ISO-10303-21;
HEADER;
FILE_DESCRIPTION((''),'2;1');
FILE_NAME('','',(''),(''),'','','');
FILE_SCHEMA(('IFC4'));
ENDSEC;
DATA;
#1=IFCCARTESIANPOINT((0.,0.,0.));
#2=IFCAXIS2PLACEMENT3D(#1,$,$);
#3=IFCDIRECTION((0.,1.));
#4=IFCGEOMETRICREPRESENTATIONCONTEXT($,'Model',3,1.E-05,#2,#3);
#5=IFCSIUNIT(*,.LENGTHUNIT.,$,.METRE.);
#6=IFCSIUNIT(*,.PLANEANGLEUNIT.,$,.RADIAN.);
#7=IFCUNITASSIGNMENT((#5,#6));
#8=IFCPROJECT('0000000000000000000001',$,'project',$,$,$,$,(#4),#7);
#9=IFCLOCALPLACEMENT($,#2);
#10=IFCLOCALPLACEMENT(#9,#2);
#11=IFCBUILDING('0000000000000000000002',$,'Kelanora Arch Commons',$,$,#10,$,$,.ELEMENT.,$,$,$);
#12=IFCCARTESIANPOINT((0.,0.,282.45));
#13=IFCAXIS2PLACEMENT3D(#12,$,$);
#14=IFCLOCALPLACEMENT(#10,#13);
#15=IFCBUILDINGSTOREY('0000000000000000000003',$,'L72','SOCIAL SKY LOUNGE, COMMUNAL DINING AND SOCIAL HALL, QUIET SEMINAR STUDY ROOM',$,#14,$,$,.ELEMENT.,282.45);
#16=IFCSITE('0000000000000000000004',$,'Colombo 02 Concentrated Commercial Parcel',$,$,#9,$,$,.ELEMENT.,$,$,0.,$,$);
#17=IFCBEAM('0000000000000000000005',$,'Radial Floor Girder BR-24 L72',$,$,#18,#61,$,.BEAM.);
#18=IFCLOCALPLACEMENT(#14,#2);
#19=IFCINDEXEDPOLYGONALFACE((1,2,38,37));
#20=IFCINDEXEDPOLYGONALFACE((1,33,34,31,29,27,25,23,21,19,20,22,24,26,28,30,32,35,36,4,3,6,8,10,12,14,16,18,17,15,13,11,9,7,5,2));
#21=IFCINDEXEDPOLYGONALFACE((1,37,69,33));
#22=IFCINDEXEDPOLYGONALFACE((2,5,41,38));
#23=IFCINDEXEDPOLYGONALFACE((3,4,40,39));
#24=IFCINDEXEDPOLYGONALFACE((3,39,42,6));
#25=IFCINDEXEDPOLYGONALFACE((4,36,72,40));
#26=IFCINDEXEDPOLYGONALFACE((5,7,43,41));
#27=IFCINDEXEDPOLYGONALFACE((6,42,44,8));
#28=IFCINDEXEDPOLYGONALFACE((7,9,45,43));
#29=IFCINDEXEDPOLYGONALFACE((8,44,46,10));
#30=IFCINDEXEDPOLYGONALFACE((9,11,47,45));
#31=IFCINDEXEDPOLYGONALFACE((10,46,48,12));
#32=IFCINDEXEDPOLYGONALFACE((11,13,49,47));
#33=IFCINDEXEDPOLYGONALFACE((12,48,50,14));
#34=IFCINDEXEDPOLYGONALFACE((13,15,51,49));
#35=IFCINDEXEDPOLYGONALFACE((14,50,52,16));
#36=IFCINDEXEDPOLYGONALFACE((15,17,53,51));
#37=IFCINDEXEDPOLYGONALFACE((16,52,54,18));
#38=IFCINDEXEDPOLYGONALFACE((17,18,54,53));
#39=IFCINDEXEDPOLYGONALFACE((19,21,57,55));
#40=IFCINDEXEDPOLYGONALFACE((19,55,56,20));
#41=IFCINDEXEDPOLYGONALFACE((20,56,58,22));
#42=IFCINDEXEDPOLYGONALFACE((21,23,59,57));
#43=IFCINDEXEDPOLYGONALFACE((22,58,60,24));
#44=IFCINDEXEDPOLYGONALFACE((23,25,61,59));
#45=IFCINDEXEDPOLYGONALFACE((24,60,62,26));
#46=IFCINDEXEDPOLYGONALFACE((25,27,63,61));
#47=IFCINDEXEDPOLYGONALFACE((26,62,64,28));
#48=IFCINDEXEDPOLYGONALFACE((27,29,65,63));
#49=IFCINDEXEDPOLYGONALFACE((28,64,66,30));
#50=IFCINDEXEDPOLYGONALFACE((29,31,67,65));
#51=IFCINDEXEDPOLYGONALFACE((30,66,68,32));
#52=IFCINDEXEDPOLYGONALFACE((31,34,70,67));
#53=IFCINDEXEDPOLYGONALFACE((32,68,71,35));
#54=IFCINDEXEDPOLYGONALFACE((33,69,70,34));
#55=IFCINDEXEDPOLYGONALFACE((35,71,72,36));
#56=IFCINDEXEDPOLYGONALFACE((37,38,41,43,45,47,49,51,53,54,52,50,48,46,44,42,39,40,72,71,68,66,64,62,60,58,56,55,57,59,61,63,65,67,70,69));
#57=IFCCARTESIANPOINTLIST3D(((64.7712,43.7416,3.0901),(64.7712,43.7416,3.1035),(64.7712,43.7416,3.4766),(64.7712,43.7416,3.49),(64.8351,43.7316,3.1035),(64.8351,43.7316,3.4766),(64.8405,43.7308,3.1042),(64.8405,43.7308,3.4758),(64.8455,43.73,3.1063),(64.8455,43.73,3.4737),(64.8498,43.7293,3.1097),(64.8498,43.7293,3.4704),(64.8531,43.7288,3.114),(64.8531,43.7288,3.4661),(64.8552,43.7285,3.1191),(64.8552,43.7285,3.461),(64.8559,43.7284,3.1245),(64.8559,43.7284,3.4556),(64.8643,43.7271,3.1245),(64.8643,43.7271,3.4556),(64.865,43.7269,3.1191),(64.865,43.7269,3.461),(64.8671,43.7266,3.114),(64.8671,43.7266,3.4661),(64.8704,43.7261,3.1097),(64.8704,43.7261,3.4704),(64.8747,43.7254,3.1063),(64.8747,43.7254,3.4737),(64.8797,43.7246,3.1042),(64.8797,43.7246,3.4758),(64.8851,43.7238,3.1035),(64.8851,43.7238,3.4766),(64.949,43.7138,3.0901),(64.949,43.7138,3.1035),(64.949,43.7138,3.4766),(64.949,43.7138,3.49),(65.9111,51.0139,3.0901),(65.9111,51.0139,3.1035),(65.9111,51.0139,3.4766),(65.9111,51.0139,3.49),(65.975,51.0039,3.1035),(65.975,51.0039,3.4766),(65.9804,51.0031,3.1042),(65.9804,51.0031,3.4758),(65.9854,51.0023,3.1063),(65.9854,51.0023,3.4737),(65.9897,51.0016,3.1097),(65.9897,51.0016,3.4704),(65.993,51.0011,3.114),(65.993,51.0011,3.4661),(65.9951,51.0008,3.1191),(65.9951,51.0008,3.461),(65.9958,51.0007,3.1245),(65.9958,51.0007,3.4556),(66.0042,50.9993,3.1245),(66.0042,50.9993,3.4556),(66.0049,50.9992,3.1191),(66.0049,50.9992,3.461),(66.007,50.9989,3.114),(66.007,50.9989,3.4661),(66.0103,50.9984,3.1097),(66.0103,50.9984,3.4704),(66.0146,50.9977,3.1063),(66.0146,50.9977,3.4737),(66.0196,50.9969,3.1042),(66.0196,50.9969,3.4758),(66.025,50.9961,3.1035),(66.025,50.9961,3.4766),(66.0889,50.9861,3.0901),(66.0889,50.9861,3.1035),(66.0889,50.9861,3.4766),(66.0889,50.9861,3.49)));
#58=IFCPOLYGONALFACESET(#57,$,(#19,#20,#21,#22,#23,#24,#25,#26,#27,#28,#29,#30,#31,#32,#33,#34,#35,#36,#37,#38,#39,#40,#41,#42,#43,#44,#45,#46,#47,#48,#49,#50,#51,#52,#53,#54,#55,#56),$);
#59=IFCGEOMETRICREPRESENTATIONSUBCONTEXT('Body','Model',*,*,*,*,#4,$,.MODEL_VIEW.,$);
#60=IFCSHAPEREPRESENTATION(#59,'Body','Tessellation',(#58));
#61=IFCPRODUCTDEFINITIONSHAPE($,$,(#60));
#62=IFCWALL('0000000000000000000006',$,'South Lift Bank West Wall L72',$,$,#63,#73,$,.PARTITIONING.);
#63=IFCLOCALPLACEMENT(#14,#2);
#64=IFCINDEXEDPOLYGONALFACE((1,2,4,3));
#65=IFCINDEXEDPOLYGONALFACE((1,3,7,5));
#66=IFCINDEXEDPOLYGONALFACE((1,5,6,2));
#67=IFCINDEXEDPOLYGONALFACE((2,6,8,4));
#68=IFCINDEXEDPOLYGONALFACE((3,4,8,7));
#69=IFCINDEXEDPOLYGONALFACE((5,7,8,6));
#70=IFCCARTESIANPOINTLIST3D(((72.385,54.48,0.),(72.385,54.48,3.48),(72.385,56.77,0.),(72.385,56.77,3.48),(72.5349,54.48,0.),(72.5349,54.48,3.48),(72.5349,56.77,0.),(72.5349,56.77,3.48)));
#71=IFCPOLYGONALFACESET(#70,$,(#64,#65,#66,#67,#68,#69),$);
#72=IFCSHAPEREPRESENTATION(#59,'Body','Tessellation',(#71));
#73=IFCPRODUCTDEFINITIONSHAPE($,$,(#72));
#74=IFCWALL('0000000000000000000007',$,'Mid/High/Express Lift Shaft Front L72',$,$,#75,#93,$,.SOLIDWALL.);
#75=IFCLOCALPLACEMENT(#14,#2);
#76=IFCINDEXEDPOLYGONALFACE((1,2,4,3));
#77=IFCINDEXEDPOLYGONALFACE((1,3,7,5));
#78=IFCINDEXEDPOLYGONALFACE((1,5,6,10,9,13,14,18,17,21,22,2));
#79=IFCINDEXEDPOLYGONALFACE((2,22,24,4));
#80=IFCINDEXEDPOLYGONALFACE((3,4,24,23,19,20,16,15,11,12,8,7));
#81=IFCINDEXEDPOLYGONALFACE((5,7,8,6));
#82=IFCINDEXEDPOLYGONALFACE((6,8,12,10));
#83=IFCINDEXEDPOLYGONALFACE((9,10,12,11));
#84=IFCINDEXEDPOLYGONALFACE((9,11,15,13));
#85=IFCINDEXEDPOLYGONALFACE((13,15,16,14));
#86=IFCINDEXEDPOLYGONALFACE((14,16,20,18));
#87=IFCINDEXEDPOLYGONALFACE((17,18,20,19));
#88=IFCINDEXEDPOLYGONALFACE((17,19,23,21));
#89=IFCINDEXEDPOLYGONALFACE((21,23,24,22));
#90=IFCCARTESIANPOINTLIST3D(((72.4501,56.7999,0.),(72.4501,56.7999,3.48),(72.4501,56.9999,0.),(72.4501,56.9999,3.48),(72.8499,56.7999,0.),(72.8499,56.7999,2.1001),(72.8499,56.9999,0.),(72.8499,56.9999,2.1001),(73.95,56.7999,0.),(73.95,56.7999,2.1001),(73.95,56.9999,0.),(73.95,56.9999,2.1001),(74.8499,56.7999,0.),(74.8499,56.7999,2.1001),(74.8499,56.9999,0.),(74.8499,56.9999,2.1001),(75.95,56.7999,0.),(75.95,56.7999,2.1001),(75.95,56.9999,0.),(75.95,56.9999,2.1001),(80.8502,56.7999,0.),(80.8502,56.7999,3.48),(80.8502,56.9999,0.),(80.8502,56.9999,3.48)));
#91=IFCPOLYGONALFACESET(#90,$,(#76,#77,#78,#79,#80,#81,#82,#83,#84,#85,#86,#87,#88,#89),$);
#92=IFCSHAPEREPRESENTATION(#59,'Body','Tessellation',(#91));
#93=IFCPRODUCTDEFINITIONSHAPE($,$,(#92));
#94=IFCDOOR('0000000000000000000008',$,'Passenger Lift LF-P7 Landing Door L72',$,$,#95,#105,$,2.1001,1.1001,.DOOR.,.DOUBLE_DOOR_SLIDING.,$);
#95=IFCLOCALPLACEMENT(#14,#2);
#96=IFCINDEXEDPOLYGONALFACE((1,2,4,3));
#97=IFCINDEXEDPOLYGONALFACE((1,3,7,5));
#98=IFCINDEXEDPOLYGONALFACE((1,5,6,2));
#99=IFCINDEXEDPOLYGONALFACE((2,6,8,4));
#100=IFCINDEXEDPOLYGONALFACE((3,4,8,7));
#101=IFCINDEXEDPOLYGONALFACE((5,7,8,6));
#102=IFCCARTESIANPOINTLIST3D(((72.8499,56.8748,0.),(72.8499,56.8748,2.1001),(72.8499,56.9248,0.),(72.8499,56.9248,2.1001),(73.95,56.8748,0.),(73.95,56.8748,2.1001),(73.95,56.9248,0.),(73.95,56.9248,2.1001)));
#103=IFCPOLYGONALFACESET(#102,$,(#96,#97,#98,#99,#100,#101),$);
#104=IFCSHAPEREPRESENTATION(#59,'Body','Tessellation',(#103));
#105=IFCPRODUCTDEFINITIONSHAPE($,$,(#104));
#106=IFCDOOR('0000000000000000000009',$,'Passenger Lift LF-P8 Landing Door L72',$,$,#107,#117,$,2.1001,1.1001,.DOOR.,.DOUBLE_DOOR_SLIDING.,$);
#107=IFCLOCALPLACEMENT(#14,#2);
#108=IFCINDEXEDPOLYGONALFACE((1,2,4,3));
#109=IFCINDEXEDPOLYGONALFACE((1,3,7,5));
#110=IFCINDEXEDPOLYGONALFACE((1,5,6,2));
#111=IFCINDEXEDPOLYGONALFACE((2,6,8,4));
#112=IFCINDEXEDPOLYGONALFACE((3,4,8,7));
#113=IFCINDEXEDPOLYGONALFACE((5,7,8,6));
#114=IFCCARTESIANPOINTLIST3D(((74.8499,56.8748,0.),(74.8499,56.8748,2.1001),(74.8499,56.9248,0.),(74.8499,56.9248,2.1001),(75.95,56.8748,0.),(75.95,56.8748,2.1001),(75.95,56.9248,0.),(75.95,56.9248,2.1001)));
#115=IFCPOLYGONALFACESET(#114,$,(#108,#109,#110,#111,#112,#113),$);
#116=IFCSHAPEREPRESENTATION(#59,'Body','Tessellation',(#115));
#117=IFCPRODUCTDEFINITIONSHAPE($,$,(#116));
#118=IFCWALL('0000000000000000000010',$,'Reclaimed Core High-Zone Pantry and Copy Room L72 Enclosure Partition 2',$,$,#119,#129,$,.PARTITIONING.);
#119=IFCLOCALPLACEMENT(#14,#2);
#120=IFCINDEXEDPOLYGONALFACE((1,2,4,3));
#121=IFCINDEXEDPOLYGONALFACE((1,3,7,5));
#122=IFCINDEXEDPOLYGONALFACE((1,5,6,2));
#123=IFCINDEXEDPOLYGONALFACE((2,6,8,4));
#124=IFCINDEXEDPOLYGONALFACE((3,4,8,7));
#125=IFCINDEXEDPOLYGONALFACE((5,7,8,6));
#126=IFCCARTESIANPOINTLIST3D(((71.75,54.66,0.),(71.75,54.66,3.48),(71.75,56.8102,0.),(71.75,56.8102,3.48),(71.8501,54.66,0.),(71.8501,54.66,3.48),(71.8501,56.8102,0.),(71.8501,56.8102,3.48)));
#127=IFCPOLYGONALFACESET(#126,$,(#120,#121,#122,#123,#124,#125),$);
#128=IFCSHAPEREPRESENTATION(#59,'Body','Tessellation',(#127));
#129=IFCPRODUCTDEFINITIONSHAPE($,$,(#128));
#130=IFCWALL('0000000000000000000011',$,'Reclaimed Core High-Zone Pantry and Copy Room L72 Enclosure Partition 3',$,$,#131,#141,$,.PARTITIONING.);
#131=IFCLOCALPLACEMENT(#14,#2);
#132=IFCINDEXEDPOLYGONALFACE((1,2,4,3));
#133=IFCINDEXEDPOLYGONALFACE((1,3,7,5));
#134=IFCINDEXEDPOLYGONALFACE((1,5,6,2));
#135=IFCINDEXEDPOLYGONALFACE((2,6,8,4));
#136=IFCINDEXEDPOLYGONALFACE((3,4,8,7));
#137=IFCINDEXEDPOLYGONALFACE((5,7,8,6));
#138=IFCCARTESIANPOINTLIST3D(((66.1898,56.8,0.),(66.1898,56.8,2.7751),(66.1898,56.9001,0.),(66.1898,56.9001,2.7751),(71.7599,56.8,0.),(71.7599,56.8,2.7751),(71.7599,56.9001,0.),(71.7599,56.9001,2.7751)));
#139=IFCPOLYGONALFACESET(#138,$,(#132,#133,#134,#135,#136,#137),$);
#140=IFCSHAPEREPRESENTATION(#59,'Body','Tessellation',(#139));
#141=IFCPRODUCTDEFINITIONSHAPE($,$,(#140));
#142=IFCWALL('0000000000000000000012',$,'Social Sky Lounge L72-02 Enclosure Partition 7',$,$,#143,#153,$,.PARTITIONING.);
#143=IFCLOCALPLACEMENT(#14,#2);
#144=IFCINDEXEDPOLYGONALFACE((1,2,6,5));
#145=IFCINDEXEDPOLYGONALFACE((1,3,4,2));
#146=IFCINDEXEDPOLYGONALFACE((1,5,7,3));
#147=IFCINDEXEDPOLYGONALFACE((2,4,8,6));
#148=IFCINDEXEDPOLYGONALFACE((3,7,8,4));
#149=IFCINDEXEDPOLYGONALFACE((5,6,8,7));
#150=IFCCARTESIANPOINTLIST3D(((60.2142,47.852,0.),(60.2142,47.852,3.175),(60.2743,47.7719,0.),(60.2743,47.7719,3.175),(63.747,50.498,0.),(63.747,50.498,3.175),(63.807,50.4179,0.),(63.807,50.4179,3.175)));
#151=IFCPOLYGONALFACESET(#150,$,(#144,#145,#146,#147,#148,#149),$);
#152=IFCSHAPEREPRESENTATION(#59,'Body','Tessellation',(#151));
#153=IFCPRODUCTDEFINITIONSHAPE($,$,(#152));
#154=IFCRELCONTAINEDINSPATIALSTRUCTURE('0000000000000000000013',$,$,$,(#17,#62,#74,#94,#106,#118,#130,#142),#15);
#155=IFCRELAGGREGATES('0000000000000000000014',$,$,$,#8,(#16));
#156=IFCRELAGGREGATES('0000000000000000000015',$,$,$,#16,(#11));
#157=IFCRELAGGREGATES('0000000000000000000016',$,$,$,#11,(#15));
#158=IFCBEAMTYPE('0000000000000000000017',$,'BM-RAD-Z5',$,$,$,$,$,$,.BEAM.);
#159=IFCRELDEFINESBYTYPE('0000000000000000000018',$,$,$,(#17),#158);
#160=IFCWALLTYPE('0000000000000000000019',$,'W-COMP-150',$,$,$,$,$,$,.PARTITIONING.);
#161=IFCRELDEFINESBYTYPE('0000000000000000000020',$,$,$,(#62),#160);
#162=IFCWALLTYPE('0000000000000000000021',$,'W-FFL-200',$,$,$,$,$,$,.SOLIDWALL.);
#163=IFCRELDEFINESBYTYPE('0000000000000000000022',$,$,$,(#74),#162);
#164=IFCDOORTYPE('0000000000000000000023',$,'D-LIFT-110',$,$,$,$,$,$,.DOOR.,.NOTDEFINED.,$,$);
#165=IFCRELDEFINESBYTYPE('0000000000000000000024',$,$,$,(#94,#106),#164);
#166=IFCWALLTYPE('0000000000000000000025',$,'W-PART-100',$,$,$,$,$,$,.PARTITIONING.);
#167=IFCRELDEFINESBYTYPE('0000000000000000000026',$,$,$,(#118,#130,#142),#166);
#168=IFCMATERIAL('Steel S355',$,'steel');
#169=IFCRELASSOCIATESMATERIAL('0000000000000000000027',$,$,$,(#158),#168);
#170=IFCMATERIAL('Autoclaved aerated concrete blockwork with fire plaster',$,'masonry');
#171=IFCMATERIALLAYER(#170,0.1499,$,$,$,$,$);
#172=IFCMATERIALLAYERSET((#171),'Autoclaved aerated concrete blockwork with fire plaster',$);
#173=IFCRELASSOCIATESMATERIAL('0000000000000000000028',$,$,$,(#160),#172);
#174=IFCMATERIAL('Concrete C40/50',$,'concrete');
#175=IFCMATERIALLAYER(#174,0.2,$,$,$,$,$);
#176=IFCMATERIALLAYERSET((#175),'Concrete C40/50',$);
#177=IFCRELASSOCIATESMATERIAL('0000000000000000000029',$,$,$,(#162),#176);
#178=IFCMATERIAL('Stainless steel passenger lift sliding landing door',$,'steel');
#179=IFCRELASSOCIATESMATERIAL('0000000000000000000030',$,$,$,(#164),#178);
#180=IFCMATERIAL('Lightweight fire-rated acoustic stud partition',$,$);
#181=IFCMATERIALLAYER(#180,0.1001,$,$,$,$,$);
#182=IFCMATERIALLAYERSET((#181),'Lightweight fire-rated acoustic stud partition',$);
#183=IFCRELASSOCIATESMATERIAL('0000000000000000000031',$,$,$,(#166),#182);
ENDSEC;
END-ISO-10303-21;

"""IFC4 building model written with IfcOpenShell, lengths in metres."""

from ifc_helpers import new_model, si_unit, direction, frame, frame_2d, origin, origin_2d, place, context, subcontext, project, spatial, rectangle, i_section, extrude, material, layer, layer_set, material_profile, profile_set, type_object, element, fill, save


model = new_model("IFC4")

# Units and contexts
model_context = context("Model", 3, precision=1e-05, world=origin(), true_north=direction((0.0, 1.0)))
body_context = subcontext(model_context, "Body", "Model", "MODEL_VIEW")
ifc_project = project(units=[si_unit("LENGTHUNIT", "METRE"), si_unit("PLANEANGLEUNIT", "RADIAN")], contexts=[model_context])

# Site, building, storey
site_placement = place(None, origin())
site = spatial("IfcSite", under=ifc_project, at=site_placement, Name="Colombo 02 Concentrated Commercial Parcel", CompositionType="ELEMENT", RefElevation=0.0)
building_placement = place(site_placement, origin())
building = spatial("IfcBuilding", under=site, at=building_placement, Name="Kelanora Arch Commons", CompositionType="ELEMENT")
storey_placement = place(building_placement, frame((0.0, 0.0, 282.45)))
storey = spatial("IfcBuildingStorey", under=building, at=storey_placement, Name="L72", Description="SOCIAL SKY LOUNGE, COMMUNAL DINING AND SOCIAL HALL, QUIET SEMINAR STUDY ROOM", CompositionType="ELEMENT", Elevation=282.45)

# Beam
ifc_material_1 = material(Name="Steel S355", Category="steel")
ifc_material_profile_1 = material_profile(ifc_material_1, i_section(OverallWidth=0.1799, OverallDepth=0.3999, WebThickness=0.0085, FlangeThickness=0.0134, FilletRadius=0.021, at=origin_2d()), Name="IPE400")
ifc_profile_set_1 = profile_set([ifc_material_profile_1], Name="Steel S355")
beam_type_1 = type_object("IfcBeamType", Name="BM-RAD-Z5", PredefinedType="BEAM", material=ifc_profile_set_1)
beam_1_placement = place(storey_placement, frame((66.0, 51.0, 3.29), z_axis=(-0.154855, -0.987937, 0.0), x_axis=(0.987937, -0.154855, 0.0)))
element("IfcBeam", 1, at=beam_1_placement, inside=storey, type_object=beam_type_1, Name="Radial Floor Girder BR-24 L72", PredefinedType="BEAM", context=body_context, shape_type="SweptSolid", body=[
    extrude(i_section(OverallWidth=0.1799, OverallDepth=0.3999, WebThickness=0.0085, FlangeThickness=0.0134, FilletRadius=0.021, at=origin_2d()), origin(), (0.0, 0.0, 1.0), 7.3611),
])

# Wall
ifc_material_2 = material(Name="Autoclaved aerated concrete blockwork with fire plaster", Category="masonry")
ifc_layer_1 = layer(ifc_material_2, 0.1499)
ifc_layer_set_1 = layer_set([ifc_layer_1], Name="Autoclaved aerated concrete blockwork with fire plaster")
wall_type_1 = type_object("IfcWallType", Name="W-COMP-150", PredefinedType="PARTITIONING", material=ifc_layer_set_1)
wall_1_placement = place(storey_placement, frame((72.46, 54.48, 0.0), z_axis=(0.0, 0.0, 1.0), x_axis=(0.0, 1.0, 0.0)))
element("IfcWall", 2, at=wall_1_placement, inside=storey, type_object=wall_type_1, Name="South Lift Bank West Wall L72", PredefinedType="PARTITIONING", context=body_context, shape_type="SweptSolid", body=[
    extrude(rectangle(XDim=2.29, YDim=0.1499, at=frame_2d((1.145, 0.0))), origin(), (0.0, 0.0, 1.0), 3.48),
])

# Wall, openings, doors
ifc_material_3 = material(Name="Concrete C40/50", Category="concrete")
ifc_layer_2 = layer(ifc_material_3, 0.2)
ifc_layer_set_2 = layer_set([ifc_layer_2], Name="Concrete C40/50")
wall_type_2 = type_object("IfcWallType", Name="W-FFL-200", PredefinedType="SOLIDWALL", material=ifc_layer_set_2)
wall_2_placement = place(storey_placement, frame((72.45, 56.8999, 0.0), z_axis=(0.0, 0.0, 1.0), x_axis=(1.0, 0.0, 0.0)))
wall_2 = element("IfcWall", 3, at=wall_2_placement, inside=storey, type_object=wall_type_2, Name="Mid/High/Express Lift Shaft Front L72", PredefinedType="SOLIDWALL", context=body_context, shape_type="SweptSolid", body=[
    extrude(rectangle(XDim=8.4001, YDim=0.2, at=frame_2d((4.2002, 0.0))), origin(), (0.0, 0.0, 1.0), 3.48),
])
opening_1_placement = place(wall_2_placement, frame((0.3999, 0.0, 0.0)))
opening_1 = element("IfcOpeningElement", 4, at=opening_1_placement, cuts=wall_2, PredefinedType="OPENING", context=body_context, shape_type="SweptSolid", body=[
    extrude(rectangle(XDim=1.1001, YDim=2.1001, at=frame_2d((0.55, 1.05))), frame((0.0, 0.1099, 0.0), z_axis=(0.0, -1.0, 0.0), x_axis=(1.0, 0.0, 0.0)), (0.0, 0.0, 1.0), 0.22),
])
opening_2_placement = place(wall_2_placement, frame((2.3999, 0.0, 0.0)))
opening_2 = element("IfcOpeningElement", 5, at=opening_2_placement, cuts=wall_2, PredefinedType="OPENING", context=body_context, shape_type="SweptSolid", body=[
    extrude(rectangle(XDim=1.1001, YDim=2.1001, at=frame_2d((0.55, 1.05))), frame((0.0, 0.1099, 0.0), z_axis=(0.0, -1.0, 0.0), x_axis=(1.0, 0.0, 0.0)), (0.0, 0.0, 1.0), 0.22),
])
ifc_material_4 = material(Name="Stainless steel passenger lift sliding landing door", Category="steel")
door_type_1 = type_object("IfcDoorType", Name="D-LIFT-110", OperationType="NOTDEFINED", PredefinedType="DOOR", material=ifc_material_4)
door_1_placement = place(opening_1_placement, origin())
door_1 = element("IfcDoor", 6, at=door_1_placement, inside=storey, type_object=door_type_1, Name="Passenger Lift LF-P7 Landing Door L72", OperationType="DOUBLE_DOOR_SLIDING", OverallHeight=2.1001, OverallWidth=1.1001, PredefinedType="DOOR", context=body_context, shape_type="SweptSolid", body=[
    extrude(rectangle(XDim=1.1001, YDim=2.1001, at=frame_2d((0.55, 1.05))), frame((0.0, 0.0249, 0.0), z_axis=(0.0, -1.0, 0.0), x_axis=(1.0, 0.0, 0.0)), (0.0, 0.0, 1.0), 0.05),
])
fill(opening_1, door_1)
door_2_placement = place(opening_2_placement, origin())
door_2 = element("IfcDoor", 7, at=door_2_placement, inside=storey, type_object=door_type_1, Name="Passenger Lift LF-P8 Landing Door L72", OperationType="DOUBLE_DOOR_SLIDING", OverallHeight=2.1001, OverallWidth=1.1001, PredefinedType="DOOR", context=body_context, shape_type="SweptSolid", body=[
    extrude(rectangle(XDim=1.1001, YDim=2.1001, at=frame_2d((0.55, 1.05))), frame((0.0, 0.0249, 0.0), z_axis=(0.0, -1.0, 0.0), x_axis=(1.0, 0.0, 0.0)), (0.0, 0.0, 1.0), 0.05),
])
fill(opening_2, door_2)

# Walls
ifc_material_5 = material(Name="Lightweight fire-rated acoustic stud partition")
ifc_layer_3 = layer(ifc_material_5, 0.1001)
ifc_layer_set_3 = layer_set([ifc_layer_3], Name="Lightweight fire-rated acoustic stud partition")
wall_type_3 = type_object("IfcWallType", Name="W-PART-100", PredefinedType="PARTITIONING", material=ifc_layer_set_3)
wall_3_placement = place(storey_placement, frame((71.8, 54.6599, 0.0), z_axis=(0.0, 0.0, 1.0), x_axis=(0.0, 1.0, 0.0)))
element("IfcWall", 8, at=wall_3_placement, inside=storey, type_object=wall_type_3, Name="Reclaimed Core High-Zone Pantry and Copy Room L72 Enclosure Partition 2", PredefinedType="PARTITIONING", context=body_context, shape_type="SweptSolid", body=[
    extrude(rectangle(XDim=2.1501, YDim=0.1001, at=frame_2d((1.0752, 0.0))), origin(), (0.0, 0.0, 1.0), 3.48),
])
wall_4_placement = place(storey_placement, frame((71.76, 56.8501, 0.0), z_axis=(0.0, 0.0, 1.0), x_axis=(-1.0, 0.0, 0.0)))
element("IfcWall", 9, at=wall_4_placement, inside=storey, type_object=wall_type_3, Name="Reclaimed Core High-Zone Pantry and Copy Room L72 Enclosure Partition 3", PredefinedType="PARTITIONING", context=body_context, shape_type="SweptSolid", body=[
    extrude(rectangle(XDim=5.5701, YDim=0.1001, at=frame_2d((2.7852, 0.0))), origin(), (0.0, 0.0, 1.0), 2.7751),
])
wall_5_placement = place(storey_placement, frame((63.7771, 50.458, 0.0), z_axis=(0.0, 0.0, 1.0), x_axis=(-0.800385, -0.599487, 0.0)))
element("IfcWall", 10, at=wall_5_placement, inside=storey, type_object=wall_type_3, Name="Social Sky Lounge L72-02 Enclosure Partition 7", PredefinedType="PARTITIONING", context=body_context, shape_type="SweptSolid", body=[
    extrude(rectangle(XDim=4.4138, YDim=0.1001, at=frame_2d((2.207, 0.0))), origin(), (0.0, 0.0, 1.0), 3.175),
])

save(model, "model.ifc")
